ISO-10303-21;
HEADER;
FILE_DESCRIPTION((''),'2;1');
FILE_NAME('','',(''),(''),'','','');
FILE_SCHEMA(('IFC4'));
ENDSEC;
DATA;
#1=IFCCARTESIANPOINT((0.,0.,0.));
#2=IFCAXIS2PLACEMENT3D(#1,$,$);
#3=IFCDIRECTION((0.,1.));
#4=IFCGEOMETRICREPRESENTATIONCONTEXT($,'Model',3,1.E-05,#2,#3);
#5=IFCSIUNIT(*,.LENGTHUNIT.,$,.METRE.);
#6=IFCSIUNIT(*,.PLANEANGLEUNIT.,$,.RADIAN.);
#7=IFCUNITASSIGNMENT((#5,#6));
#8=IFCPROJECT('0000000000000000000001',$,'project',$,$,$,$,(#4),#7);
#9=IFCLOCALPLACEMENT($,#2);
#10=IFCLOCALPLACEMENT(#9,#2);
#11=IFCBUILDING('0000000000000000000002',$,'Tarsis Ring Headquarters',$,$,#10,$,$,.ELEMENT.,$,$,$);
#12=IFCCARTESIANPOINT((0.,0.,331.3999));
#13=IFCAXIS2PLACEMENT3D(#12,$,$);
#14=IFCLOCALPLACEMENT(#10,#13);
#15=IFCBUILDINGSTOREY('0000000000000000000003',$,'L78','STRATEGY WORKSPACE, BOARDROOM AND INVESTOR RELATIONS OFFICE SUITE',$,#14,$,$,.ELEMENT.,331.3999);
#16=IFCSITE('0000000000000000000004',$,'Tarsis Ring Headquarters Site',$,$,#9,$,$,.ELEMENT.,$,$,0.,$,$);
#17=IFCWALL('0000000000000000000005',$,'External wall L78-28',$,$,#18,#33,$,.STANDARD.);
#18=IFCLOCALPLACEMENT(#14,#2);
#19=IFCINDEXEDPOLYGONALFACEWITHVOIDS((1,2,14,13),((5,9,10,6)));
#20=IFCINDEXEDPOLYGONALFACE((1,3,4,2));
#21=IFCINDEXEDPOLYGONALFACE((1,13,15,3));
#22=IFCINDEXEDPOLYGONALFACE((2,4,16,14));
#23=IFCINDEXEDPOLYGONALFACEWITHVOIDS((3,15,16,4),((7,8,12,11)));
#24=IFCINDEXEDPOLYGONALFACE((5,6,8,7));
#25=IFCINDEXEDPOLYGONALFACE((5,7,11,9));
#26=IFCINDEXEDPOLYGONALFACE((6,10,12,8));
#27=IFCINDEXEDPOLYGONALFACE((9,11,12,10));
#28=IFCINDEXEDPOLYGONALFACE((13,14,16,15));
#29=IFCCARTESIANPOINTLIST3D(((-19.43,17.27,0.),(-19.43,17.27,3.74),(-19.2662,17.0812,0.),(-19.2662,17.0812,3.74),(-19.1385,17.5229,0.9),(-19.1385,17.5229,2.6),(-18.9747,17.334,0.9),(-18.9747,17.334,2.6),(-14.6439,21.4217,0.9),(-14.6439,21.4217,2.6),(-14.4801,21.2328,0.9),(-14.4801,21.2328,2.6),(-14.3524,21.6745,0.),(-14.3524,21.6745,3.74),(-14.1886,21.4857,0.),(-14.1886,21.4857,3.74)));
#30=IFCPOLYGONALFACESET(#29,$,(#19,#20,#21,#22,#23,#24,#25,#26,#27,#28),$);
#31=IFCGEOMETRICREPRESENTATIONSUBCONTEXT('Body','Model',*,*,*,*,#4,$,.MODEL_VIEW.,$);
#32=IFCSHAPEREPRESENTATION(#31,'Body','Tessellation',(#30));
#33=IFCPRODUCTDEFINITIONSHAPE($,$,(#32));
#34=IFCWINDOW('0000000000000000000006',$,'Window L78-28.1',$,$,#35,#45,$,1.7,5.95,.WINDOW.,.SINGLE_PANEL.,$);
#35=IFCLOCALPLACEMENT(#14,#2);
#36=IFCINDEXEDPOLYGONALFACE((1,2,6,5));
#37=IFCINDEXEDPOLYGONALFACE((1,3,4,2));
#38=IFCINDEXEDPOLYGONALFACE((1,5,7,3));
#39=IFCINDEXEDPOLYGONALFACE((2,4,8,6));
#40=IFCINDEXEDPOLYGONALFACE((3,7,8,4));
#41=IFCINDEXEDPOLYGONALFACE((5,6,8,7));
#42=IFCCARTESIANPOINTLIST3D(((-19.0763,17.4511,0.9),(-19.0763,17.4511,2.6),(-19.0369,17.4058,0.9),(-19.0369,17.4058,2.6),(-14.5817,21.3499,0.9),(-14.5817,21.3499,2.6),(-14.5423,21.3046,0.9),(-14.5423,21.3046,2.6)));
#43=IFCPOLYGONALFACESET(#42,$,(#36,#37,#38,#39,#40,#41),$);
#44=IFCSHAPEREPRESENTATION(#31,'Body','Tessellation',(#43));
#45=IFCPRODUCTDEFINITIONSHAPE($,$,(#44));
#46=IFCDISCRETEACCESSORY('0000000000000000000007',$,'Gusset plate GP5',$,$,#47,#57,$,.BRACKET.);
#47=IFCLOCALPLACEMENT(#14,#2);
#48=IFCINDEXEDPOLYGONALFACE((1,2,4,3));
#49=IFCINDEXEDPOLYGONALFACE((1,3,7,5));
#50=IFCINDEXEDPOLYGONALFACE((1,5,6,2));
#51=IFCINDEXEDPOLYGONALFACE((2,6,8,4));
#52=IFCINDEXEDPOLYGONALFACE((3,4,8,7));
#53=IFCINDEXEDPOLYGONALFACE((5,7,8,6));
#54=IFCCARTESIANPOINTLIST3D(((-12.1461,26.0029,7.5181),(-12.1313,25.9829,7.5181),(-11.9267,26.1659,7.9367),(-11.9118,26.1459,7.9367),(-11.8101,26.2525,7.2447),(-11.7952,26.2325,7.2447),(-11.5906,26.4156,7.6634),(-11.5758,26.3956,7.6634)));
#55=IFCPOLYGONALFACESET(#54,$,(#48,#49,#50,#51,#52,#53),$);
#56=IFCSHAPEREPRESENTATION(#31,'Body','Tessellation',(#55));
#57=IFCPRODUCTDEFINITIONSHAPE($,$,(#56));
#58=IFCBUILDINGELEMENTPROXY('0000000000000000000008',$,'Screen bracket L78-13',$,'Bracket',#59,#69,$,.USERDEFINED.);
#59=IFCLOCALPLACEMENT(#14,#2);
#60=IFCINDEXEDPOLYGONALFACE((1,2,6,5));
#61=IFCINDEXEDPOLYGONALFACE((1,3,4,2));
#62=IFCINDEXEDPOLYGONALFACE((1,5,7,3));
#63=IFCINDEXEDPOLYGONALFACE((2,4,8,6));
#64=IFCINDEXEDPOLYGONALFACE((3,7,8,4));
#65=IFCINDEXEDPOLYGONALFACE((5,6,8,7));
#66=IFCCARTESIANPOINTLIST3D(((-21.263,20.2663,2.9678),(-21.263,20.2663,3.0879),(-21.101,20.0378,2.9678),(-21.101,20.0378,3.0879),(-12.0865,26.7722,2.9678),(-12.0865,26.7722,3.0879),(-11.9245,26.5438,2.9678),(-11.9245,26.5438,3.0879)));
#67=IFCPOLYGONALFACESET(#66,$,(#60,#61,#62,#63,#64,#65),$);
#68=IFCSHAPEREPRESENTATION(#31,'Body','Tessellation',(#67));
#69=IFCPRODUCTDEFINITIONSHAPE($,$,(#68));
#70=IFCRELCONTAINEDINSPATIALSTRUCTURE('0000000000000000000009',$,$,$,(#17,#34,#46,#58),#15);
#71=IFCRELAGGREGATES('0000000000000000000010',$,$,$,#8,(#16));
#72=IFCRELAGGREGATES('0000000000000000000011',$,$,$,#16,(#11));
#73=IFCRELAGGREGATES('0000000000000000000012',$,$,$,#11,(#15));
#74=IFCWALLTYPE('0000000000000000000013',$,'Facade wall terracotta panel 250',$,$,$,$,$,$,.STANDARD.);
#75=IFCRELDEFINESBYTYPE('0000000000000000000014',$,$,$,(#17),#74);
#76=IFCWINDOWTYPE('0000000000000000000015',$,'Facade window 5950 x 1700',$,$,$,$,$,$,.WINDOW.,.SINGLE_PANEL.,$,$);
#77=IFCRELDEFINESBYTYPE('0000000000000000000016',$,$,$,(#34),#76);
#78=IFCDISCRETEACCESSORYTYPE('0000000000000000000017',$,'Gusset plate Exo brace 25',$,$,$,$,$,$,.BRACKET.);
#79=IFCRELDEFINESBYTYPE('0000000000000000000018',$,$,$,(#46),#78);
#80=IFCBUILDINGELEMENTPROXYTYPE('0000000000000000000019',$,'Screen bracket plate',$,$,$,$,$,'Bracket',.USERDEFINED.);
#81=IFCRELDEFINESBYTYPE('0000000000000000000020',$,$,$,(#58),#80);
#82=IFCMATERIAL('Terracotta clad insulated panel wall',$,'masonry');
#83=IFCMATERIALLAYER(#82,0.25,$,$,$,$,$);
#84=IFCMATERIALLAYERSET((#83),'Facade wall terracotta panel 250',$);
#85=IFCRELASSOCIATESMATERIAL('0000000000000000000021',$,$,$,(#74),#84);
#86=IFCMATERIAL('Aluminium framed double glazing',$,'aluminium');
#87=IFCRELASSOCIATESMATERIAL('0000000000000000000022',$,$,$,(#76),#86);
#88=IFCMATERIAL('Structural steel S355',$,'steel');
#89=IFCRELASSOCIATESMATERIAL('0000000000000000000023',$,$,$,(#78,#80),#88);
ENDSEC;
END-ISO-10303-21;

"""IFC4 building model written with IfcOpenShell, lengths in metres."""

from ifc_helpers import new_model, si_unit, direction, frame, frame_2d, origin, origin_2d, place, context, subcontext, project, spatial, rectangle, extrude, material, layer, layer_set, material_profile, profile_set, type_object, element, fill, save


model = new_model("IFC4")

# Units and contexts
model_context = context("Model", 3, precision=1e-05, world=origin(), true_north=direction((0.0, 1.0)))
body_context = subcontext(model_context, "Body", "Model", "MODEL_VIEW")
ifc_project = project(units=[si_unit("LENGTHUNIT", "METRE"), si_unit("PLANEANGLEUNIT", "RADIAN")], contexts=[model_context])

# Site, building, storey
site_placement = place(None, origin())
site = spatial("IfcSite", under=ifc_project, at=site_placement, Name="Tarsis Ring Headquarters Site", CompositionType="ELEMENT", RefElevation=0.0)
building_placement = place(site_placement, origin())
building = spatial("IfcBuilding", under=site, at=building_placement, Name="Tarsis Ring Headquarters", CompositionType="ELEMENT")
storey_placement = place(building_placement, frame((0.0, 0.0, 331.3999)))
storey = spatial("IfcBuildingStorey", under=building, at=storey_placement, Name="L78", Description="STRATEGY WORKSPACE, BOARDROOM AND INVESTOR RELATIONS OFFICE SUITE", CompositionType="ELEMENT", Elevation=331.3999)

# Shared definitions
ifc_material_1 = material(Name="Structural steel S355", Category="steel")

# Wall, opening, window
ifc_material_2 = material(Name="Terracotta clad insulated panel wall", Category="masonry")
ifc_layer_1 = layer(ifc_material_2, 0.25)
ifc_layer_set_1 = layer_set([ifc_layer_1], Name="Facade wall terracotta panel 250")
wall_type_1 = type_object("IfcWallType", Name="Facade wall terracotta panel 250", PredefinedType="STANDARD", material=ifc_layer_set_1)
ifc_material_3 = material(Name="Aluminium framed double glazing", Category="aluminium")
window_type = type_object("IfcWindowType", Name="Facade window 5950 x 1700", PartitioningType="SINGLE_PANEL", PredefinedType="WINDOW", material=ifc_material_3)
wall_1_placement = place(storey_placement, frame((-14.2705, 21.5801, 0.0), z_axis=(0.0, 0.0, 1.0), x_axis=(-0.7554, -0.655264, 0.0)))
wall_1 = element("IfcWall", 1, at=wall_1_placement, inside=storey, type_object=wall_type_1, Name="External wall L78-28", PredefinedType="STANDARD", context=body_context, shape_type="SweptSolid", body=[
    extrude(rectangle(XDim=6.7217, YDim=0.25, at=frame_2d((3.3608, 0.0))), origin(), (0.0, 0.0, 1.0), 3.74),
])
opening_1_placement = place(wall_1_placement, frame((0.3857, 0.0, 0.8999)))
opening_1 = element("IfcOpeningElement", 2, at=opening_1_placement, cuts=wall_1, PredefinedType="OPENING", context=body_context, shape_type="SweptSolid", body=[
    extrude(rectangle(XDim=5.95, YDim=1.7, at=frame_2d((2.9751, 0.8501))), frame((0.0, 0.135, 0.0), z_axis=(0.0, -1.0, 0.0), x_axis=(1.0, 0.0, 0.0)), (0.0, 0.0, 1.0), 0.27),
])
window_1_placement = place(opening_1_placement, origin())
window_1 = element("IfcWindow", 3, at=window_1_placement, inside=storey, type_object=window_type, Name="Window L78-28.1", OverallHeight=1.7, OverallWidth=5.95, PartitioningType="SINGLE_PANEL", PredefinedType="WINDOW", context=body_context, shape_type="SweptSolid", body=[
    extrude(rectangle(XDim=5.95, YDim=1.7, at=frame_2d((2.9751, 0.8501))), frame((0.0, 0.03, 0.0), z_axis=(0.0, -1.0, 0.0), x_axis=(1.0, 0.0, 0.0)), (0.0, 0.0, 1.0), 0.0601),
])
fill(opening_1, window_1)

# Discrete accessory
ifc_material_profile_1 = material_profile(ifc_material_1, rectangle(XDim=0.0249, YDim=0.5, at=origin_2d()), Name="PL 25x500")
ifc_profile_set_1 = profile_set([ifc_material_profile_1], Name="Structural steel S355")
discrete_accessory_type = type_object("IfcDiscreteAccessoryType", Name="Gusset plate Exo brace 25", PredefinedType="BRACKET", material=ifc_profile_set_1)
discrete_accessory_placement = place(storey_placement, frame((-11.7512, 26.2808, 7.8), z_axis=(-0.438894, -0.32612, -0.837268), x_axis=(0.596423, -0.802671, 0.0)))
element("IfcDiscreteAccessory", 4, at=discrete_accessory_placement, inside=storey, type_object=discrete_accessory_type, Name="Gusset plate GP5", PredefinedType="BRACKET", context=body_context, shape_type="SweptSolid", body=[
    extrude(rectangle(XDim=0.0249, YDim=0.5, at=origin_2d()), origin(), (0.0, 0.0, 1.0), 0.5),
])

# Building element proxy
building_element_proxy_type = type_object("IfcBuildingElementProxyType", Name="Screen bracket plate", ElementType="Bracket", PredefinedType="USERDEFINED", material=ifc_material_1)
proxy_placement = place(storey_placement, frame((-16.5938, 23.405, 2.9678), z_axis=(0.0, 0.0, 1.0), x_axis=(-0.815772, -0.578374, 0.0)))
element("IfcBuildingElementProxy", 5, at=proxy_placement, inside=storey, type_object=building_element_proxy_type, Name="Screen bracket L78-13", ObjectType="Bracket", PredefinedType="USERDEFINED", context=body_context, shape_type="SweptSolid", body=[
    extrude(rectangle(XDim=11.2488, YDim=0.28, at=origin_2d()), origin(), (0.0, 0.0, 1.0), 0.1201),
])

save(model, "model.ifc")
